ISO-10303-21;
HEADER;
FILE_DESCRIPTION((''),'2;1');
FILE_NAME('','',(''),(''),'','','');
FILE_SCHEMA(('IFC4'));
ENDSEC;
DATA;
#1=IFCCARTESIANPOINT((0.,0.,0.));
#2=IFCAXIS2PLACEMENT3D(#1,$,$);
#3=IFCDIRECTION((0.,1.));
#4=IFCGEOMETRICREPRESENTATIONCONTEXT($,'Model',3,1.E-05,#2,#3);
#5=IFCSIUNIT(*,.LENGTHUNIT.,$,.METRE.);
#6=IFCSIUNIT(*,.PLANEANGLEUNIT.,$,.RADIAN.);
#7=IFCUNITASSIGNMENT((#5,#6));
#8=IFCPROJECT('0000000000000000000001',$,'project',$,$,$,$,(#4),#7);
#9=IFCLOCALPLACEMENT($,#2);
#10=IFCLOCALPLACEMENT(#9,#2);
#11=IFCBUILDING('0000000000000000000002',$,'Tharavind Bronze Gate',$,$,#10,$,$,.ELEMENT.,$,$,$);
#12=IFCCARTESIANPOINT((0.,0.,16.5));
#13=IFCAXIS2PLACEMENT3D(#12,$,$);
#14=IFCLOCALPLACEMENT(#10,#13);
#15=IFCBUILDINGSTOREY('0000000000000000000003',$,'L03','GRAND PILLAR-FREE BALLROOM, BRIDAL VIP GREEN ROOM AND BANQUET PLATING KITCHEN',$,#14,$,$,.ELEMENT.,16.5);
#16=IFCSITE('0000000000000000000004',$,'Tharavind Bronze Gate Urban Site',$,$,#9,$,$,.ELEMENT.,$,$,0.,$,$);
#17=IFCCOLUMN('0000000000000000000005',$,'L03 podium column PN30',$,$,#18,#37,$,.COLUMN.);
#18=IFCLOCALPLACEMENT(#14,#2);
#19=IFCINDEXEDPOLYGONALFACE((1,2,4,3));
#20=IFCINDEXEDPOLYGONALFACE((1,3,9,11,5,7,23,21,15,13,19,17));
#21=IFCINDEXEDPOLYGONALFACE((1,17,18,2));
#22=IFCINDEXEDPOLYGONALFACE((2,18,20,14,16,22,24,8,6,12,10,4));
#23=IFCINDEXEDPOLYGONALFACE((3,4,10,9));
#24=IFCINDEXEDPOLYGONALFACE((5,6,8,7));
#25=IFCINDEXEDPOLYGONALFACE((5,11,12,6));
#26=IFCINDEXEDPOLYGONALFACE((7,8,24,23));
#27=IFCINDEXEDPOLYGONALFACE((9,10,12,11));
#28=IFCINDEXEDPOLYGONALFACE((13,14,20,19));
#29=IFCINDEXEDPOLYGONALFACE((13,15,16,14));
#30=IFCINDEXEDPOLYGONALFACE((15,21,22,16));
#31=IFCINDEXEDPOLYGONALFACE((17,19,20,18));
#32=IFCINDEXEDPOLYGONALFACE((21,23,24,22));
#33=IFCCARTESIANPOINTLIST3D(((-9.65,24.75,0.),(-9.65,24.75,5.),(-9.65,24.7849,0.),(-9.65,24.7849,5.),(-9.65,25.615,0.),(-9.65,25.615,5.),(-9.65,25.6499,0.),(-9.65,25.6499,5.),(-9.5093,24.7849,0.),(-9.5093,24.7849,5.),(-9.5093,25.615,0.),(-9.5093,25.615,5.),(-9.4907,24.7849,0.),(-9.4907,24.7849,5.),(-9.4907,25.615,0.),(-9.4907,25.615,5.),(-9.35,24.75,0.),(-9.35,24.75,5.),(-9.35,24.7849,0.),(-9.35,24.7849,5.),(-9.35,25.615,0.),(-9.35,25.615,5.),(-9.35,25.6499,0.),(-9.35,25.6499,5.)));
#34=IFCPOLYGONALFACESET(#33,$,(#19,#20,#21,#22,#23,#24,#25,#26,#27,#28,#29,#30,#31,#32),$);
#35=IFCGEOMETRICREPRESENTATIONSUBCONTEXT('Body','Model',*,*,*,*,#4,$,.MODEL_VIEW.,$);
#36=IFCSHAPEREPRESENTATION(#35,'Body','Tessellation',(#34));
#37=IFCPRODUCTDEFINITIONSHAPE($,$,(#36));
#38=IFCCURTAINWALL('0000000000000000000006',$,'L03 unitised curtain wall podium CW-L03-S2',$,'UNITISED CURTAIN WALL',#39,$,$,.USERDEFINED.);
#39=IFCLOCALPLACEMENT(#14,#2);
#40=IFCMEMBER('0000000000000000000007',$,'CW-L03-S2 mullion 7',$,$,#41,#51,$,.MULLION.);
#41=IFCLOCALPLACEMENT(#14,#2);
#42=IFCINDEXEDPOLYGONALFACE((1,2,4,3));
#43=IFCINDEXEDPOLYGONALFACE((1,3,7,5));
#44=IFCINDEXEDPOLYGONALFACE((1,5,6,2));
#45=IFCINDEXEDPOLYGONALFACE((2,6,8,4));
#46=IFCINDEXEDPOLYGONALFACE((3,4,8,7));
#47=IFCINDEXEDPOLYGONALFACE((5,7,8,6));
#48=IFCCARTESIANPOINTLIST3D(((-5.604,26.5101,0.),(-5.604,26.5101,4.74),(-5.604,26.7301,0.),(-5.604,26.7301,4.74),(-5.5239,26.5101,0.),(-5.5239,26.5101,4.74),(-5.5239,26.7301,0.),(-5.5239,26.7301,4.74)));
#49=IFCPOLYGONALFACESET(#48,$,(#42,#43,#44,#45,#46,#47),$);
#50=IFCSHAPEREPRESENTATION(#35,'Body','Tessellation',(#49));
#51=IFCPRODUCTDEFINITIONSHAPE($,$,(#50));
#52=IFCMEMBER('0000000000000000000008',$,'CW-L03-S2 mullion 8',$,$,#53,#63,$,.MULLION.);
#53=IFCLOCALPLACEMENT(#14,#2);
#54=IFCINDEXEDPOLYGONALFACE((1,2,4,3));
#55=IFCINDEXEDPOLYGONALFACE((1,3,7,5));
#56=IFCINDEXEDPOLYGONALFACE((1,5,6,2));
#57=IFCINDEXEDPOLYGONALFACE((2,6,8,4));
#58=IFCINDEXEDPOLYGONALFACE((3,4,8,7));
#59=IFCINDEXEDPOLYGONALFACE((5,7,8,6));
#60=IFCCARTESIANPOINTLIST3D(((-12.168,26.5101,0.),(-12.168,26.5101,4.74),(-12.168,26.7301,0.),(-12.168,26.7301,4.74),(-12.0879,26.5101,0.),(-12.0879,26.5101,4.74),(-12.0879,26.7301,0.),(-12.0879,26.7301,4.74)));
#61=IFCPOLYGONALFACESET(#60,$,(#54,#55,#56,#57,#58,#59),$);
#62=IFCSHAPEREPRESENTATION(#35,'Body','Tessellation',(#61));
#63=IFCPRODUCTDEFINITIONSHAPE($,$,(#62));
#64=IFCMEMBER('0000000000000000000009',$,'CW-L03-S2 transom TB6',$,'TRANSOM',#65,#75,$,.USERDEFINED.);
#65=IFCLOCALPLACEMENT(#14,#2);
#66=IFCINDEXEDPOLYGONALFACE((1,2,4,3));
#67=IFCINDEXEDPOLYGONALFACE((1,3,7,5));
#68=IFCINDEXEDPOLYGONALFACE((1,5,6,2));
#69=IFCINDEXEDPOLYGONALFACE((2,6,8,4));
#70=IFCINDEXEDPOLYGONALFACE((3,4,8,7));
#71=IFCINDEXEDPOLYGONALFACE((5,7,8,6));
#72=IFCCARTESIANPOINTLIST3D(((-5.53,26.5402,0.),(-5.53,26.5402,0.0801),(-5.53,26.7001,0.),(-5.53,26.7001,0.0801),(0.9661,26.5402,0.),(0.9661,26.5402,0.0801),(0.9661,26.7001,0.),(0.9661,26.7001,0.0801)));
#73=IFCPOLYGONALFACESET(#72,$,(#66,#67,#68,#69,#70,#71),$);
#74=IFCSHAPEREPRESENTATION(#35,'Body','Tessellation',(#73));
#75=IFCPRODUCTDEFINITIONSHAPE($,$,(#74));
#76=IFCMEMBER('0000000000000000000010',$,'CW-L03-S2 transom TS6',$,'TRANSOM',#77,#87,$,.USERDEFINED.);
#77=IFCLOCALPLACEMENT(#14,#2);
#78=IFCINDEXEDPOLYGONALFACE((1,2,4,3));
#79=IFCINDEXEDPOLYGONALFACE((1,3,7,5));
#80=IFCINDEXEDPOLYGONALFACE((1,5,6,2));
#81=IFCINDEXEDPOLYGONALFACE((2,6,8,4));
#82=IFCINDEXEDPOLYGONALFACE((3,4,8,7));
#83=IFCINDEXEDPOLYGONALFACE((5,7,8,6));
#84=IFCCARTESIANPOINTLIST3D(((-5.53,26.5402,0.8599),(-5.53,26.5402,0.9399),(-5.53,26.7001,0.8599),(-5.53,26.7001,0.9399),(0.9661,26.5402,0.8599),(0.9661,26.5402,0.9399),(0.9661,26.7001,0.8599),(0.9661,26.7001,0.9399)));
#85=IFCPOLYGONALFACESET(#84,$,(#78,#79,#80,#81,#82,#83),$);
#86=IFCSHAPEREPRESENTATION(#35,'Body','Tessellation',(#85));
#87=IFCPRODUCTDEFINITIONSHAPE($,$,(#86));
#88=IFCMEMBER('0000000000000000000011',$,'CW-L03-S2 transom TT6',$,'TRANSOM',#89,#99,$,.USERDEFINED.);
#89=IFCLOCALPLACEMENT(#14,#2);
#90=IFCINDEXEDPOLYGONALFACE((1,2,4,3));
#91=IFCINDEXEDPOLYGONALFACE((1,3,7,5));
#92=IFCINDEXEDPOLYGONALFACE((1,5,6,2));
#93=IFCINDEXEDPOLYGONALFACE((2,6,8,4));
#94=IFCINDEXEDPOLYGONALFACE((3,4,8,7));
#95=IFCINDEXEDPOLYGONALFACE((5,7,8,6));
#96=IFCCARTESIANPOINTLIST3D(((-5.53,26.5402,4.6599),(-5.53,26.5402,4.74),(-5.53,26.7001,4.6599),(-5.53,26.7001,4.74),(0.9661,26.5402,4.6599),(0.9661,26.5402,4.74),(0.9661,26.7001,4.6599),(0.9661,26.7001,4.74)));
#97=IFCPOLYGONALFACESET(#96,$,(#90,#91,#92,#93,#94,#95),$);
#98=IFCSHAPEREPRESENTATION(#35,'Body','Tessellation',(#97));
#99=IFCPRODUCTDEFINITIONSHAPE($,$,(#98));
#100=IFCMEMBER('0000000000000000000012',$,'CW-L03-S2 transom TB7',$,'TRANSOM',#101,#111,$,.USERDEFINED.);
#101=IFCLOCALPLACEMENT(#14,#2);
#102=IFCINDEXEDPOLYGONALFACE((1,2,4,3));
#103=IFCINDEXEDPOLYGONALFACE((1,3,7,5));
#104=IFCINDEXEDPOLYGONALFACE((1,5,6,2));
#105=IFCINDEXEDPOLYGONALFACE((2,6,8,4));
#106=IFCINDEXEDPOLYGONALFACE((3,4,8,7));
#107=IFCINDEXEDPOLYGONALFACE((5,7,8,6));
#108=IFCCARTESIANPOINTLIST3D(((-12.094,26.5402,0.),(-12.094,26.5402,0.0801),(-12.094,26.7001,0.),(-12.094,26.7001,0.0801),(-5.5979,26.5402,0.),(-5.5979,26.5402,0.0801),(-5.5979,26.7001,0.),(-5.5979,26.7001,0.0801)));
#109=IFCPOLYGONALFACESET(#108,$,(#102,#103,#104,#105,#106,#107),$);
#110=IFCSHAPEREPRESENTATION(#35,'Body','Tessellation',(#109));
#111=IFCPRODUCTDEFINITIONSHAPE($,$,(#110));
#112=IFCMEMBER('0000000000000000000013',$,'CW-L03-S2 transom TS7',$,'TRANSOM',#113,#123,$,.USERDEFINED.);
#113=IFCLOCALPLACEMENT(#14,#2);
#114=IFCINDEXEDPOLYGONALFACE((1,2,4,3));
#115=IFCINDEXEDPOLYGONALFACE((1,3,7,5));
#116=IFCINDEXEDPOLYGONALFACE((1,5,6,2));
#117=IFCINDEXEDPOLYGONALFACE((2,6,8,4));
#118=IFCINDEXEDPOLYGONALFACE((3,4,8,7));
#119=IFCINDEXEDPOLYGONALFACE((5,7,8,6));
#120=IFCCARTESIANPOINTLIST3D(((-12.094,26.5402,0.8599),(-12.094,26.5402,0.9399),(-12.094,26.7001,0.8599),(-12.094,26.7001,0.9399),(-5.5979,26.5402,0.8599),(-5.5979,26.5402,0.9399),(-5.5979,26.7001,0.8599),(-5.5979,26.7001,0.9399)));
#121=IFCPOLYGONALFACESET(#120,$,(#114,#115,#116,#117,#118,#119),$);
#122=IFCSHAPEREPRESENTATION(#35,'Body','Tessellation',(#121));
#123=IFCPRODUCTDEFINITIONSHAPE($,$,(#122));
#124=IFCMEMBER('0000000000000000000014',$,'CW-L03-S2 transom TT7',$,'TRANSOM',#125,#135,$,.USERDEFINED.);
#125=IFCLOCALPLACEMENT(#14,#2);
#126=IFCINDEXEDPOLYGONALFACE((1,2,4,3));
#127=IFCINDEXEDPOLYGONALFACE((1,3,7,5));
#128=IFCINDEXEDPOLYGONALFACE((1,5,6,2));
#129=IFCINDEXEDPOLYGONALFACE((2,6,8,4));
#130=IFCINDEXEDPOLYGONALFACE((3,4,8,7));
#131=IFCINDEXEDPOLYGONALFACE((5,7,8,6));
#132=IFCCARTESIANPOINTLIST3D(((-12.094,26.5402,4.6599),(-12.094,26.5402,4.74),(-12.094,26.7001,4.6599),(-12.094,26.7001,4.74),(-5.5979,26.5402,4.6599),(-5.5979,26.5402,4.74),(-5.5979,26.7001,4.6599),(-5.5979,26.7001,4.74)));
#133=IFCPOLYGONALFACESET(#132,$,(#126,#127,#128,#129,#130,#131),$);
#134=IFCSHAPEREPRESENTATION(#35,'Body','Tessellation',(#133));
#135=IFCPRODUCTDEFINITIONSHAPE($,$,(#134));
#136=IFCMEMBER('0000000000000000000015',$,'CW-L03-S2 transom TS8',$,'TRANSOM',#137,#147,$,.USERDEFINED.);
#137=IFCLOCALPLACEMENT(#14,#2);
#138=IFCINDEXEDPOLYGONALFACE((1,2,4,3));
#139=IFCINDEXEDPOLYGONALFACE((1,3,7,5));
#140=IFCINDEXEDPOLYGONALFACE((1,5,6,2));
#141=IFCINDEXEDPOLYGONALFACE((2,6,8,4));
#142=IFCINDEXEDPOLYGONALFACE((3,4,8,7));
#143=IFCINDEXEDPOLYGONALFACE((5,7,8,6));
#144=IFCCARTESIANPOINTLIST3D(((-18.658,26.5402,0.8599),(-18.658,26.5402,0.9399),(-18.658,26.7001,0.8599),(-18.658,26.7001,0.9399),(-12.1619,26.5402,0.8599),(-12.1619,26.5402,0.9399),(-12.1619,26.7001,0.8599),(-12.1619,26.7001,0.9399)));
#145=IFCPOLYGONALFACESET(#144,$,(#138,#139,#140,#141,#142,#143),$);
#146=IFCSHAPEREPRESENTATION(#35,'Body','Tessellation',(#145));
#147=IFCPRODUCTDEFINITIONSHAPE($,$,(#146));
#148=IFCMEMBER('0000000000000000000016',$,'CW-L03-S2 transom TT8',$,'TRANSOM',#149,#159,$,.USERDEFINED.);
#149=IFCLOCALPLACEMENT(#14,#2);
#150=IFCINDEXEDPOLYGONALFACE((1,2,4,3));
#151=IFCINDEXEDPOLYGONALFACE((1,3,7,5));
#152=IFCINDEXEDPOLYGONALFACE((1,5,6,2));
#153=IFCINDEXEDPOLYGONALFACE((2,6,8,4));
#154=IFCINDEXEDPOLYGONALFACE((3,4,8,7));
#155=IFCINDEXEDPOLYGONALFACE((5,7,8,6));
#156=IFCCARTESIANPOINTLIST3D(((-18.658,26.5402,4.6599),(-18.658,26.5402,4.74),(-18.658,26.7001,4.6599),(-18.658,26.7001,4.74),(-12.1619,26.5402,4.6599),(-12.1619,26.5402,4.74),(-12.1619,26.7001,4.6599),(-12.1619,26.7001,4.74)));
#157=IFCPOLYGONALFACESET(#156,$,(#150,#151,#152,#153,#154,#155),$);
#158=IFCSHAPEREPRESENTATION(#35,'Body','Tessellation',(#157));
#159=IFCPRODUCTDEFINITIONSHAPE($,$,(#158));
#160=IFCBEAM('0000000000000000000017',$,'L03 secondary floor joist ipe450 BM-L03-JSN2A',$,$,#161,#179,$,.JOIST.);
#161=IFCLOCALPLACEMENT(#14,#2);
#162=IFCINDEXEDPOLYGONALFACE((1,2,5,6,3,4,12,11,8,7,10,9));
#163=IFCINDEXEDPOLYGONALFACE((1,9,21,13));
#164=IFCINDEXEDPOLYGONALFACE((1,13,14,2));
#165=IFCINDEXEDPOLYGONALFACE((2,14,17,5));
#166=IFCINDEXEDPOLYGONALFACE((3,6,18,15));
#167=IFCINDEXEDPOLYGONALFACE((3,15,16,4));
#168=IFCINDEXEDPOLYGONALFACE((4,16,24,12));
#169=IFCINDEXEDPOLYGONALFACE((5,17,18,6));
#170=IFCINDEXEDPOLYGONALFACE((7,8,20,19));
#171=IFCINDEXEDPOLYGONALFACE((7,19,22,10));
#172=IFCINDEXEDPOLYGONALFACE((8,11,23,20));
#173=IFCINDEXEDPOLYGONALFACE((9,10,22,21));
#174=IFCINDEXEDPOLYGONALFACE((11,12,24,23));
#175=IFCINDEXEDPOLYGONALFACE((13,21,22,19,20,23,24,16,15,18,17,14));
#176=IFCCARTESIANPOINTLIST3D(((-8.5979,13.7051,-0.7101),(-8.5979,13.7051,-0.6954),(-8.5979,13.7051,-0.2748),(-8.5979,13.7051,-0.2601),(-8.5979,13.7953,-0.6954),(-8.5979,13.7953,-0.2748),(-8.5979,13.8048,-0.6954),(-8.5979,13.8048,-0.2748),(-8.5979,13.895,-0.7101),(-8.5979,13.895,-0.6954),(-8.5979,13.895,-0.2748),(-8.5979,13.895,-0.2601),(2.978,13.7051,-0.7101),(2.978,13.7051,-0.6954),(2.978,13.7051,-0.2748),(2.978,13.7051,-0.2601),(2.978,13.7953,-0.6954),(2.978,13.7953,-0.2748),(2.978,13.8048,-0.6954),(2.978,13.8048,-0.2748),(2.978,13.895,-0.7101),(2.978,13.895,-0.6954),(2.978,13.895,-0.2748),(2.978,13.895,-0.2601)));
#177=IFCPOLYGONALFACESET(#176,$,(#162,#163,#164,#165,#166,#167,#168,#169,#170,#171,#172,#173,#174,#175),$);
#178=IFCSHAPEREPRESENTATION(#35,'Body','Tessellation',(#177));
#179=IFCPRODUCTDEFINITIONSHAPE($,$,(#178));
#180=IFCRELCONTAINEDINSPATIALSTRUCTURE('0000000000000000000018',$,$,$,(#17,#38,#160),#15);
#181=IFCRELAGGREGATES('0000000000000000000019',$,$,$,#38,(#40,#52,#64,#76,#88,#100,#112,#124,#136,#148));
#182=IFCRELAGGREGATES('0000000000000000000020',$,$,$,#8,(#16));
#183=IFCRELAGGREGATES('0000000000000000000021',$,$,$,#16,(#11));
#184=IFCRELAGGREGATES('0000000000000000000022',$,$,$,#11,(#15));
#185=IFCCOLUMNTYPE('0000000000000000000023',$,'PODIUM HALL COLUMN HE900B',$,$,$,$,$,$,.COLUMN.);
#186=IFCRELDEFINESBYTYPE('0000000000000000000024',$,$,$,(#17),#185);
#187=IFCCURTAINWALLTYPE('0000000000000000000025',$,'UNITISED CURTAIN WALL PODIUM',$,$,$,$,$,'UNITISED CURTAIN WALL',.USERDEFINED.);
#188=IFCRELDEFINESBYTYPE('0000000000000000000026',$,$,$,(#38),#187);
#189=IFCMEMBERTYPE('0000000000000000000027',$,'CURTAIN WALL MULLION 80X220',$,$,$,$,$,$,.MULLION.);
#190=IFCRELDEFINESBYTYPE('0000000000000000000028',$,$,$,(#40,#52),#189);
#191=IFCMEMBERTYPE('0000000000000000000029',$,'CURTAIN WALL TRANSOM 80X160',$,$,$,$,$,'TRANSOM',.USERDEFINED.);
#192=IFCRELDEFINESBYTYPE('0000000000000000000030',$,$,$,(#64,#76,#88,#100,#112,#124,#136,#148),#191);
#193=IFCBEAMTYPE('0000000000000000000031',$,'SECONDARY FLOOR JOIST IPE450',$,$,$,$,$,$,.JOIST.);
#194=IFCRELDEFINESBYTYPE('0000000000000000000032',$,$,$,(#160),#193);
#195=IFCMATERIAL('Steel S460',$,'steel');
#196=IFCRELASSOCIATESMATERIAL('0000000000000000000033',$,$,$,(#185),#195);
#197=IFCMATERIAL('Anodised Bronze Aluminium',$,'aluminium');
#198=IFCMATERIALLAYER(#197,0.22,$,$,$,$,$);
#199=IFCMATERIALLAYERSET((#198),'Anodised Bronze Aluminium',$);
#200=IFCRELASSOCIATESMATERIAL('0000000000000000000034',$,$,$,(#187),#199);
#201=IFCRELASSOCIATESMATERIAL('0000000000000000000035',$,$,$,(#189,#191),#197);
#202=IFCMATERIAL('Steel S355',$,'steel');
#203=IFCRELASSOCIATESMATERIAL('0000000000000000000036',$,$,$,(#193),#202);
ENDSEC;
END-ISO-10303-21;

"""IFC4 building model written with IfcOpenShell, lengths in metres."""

from ifc_helpers import new_model, si_unit, direction, frame, origin, origin_2d, place, context, subcontext, project, spatial, rectangle, i_section, extrude, material, layer, layer_set, material_profile, profile_set, type_object, element, aggregate, save


model = new_model("IFC4")

# Units and contexts
model_context = context("Model", 3, precision=1e-05, world=origin(), true_north=direction((0.0, 1.0)))
body_context = subcontext(model_context, "Body", "Model", "MODEL_VIEW")
ifc_project = project(units=[si_unit("LENGTHUNIT", "METRE"), si_unit("PLANEANGLEUNIT", "RADIAN")], contexts=[model_context])

# Site, building, storey
site_placement = place(None, origin())
site = spatial("IfcSite", under=ifc_project, at=site_placement, Name="Tharavind Bronze Gate Urban Site", CompositionType="ELEMENT", RefElevation=0.0)
building_placement = place(site_placement, origin())
building = spatial("IfcBuilding", under=site, at=building_placement, Name="Tharavind Bronze Gate", CompositionType="ELEMENT")
storey_placement = place(building_placement, frame((0.0, 0.0, 16.5)))
storey = spatial("IfcBuildingStorey", under=building, at=storey_placement, Name="L03", Description="GRAND PILLAR-FREE BALLROOM, BRIDAL VIP GREEN ROOM AND BANQUET PLATING KITCHEN", CompositionType="ELEMENT", Elevation=16.5)

# Column
ifc_material_1 = material(Name="Steel S460", Category="steel")
ifc_material_profile_1 = material_profile(ifc_material_1, i_section(OverallWidth=0.3, OverallDepth=0.8999, WebThickness=0.0186, FlangeThickness=0.0349, at=origin_2d()), Name="HE900B")
ifc_profile_set_1 = profile_set([ifc_material_profile_1], Name="Steel S460")
column_type = type_object("IfcColumnType", Name="PODIUM HALL COLUMN HE900B", PredefinedType="COLUMN", material=ifc_profile_set_1)
column_placement = place(storey_placement, frame((-9.5, 25.2, 0.0), z_axis=(0.0, 0.0, 1.0), x_axis=(1.0, 0.0, 0.0)))
element("IfcColumn", 1, at=column_placement, inside=storey, type_object=column_type, Name="L03 podium column PN30", PredefinedType="COLUMN", context=body_context, shape_type="SweptSolid", body=[
    extrude(i_section(OverallWidth=0.3, OverallDepth=0.8999, WebThickness=0.0186, FlangeThickness=0.0349, at=origin_2d()), origin(), (0.0, 0.0, 1.0), 5.0),
])

# Curtain wall, members
ifc_material_2 = material(Name="Anodised Bronze Aluminium", Category="aluminium")
ifc_layer_1 = layer(ifc_material_2, 0.22)
ifc_layer_set_1 = layer_set([ifc_layer_1], Name="Anodised Bronze Aluminium")
curtain_wall_type = type_object("IfcCurtainWallType", Name="UNITISED CURTAIN WALL PODIUM", ElementType="UNITISED CURTAIN WALL", PredefinedType="USERDEFINED", material=ifc_layer_set_1)
curtain_wall_placement = place(storey_placement, origin())
curtain_wall = element("IfcCurtainWall", 2, at=curtain_wall_placement, inside=storey, type_object=curtain_wall_type, Name="L03 unitised curtain wall podium CW-L03-S2", ObjectType="UNITISED CURTAIN WALL", PredefinedType="USERDEFINED")
member_type_1 = type_object("IfcMemberType", Name="CURTAIN WALL MULLION 80X220", PredefinedType="MULLION", material=ifc_material_2)
member_1_placement = place(storey_placement, frame((-5.564, 26.6201, 0.0), z_axis=(0.0, 0.0, 1.0), x_axis=(-1.0, 0.0, 0.0)))
member_1 = element("IfcMember", 3, at=member_1_placement, type_object=member_type_1, Name="CW-L03-S2 mullion 7", PredefinedType="MULLION", context=body_context, shape_type="SweptSolid", body=[
    extrude(rectangle(XDim=0.0801, YDim=0.22, at=origin_2d()), origin(), (0.0, 0.0, 1.0), 4.74),
])
member_2_placement = place(storey_placement, frame((-12.1279, 26.6201, 0.0), z_axis=(0.0, 0.0, 1.0), x_axis=(-1.0, 0.0, 0.0)))
member_2 = element("IfcMember", 4, at=member_2_placement, type_object=member_type_1, Name="CW-L03-S2 mullion 8", PredefinedType="MULLION", context=body_context, shape_type="SweptSolid", body=[
    extrude(rectangle(XDim=0.0801, YDim=0.22, at=origin_2d()), origin(), (0.0, 0.0, 1.0), 4.74),
])
member_type_2 = type_object("IfcMemberType", Name="CURTAIN WALL TRANSOM 80X160", ElementType="TRANSOM", PredefinedType="USERDEFINED", material=ifc_material_2)
member_3_placement = place(storey_placement, frame((-2.282, 26.6201, 0.0), z_axis=(0.0, 0.0, 1.0), x_axis=(-1.0, 0.0, 0.0)))
member_3 = element("IfcMember", 5, at=member_3_placement, type_object=member_type_2, Name="CW-L03-S2 transom TB6", ObjectType="TRANSOM", PredefinedType="USERDEFINED", context=body_context, shape_type="SweptSolid", body=[
    extrude(rectangle(XDim=6.4961, YDim=0.1599, at=origin_2d()), origin(), (0.0, 0.0, 1.0), 0.0801),
])
member_4_placement = place(storey_placement, frame((-2.282, 26.6201, 0.8599), z_axis=(0.0, 0.0, 1.0), x_axis=(-1.0, 0.0, 0.0)))
member_4 = element("IfcMember", 6, at=member_4_placement, type_object=member_type_2, Name="CW-L03-S2 transom TS6", ObjectType="TRANSOM", PredefinedType="USERDEFINED", context=body_context, shape_type="SweptSolid", body=[
    extrude(rectangle(XDim=6.4961, YDim=0.1599, at=origin_2d()), origin(), (0.0, 0.0, 1.0), 0.0801),
])
member_5_placement = place(storey_placement, frame((-2.282, 26.6201, 4.6599), z_axis=(0.0, 0.0, 1.0), x_axis=(-1.0, 0.0, 0.0)))
member_5 = element("IfcMember", 7, at=member_5_placement, type_object=member_type_2, Name="CW-L03-S2 transom TT6", ObjectType="TRANSOM", PredefinedType="USERDEFINED", context=body_context, shape_type="SweptSolid", body=[
    extrude(rectangle(XDim=6.4961, YDim=0.1599, at=origin_2d()), origin(), (0.0, 0.0, 1.0), 0.0801),
])
member_6_placement = place(storey_placement, frame((-8.8459, 26.6201, 0.0), z_axis=(0.0, 0.0, 1.0), x_axis=(-1.0, 0.0, 0.0)))
member_6 = element("IfcMember", 8, at=member_6_placement, type_object=member_type_2, Name="CW-L03-S2 transom TB7", ObjectType="TRANSOM", PredefinedType="USERDEFINED", context=body_context, shape_type="SweptSolid", body=[
    extrude(rectangle(XDim=6.4961, YDim=0.1599, at=origin_2d()), origin(), (0.0, 0.0, 1.0), 0.0801),
])
member_7_placement = place(storey_placement, frame((-8.8459, 26.6201, 0.8599), z_axis=(0.0, 0.0, 1.0), x_axis=(-1.0, 0.0, 0.0)))
member_7 = element("IfcMember", 9, at=member_7_placement, type_object=member_type_2, Name="CW-L03-S2 transom TS7", ObjectType="TRANSOM", PredefinedType="USERDEFINED", context=body_context, shape_type="SweptSolid", body=[
    extrude(rectangle(XDim=6.4961, YDim=0.1599, at=origin_2d()), origin(), (0.0, 0.0, 1.0), 0.0801),
])
member_8_placement = place(storey_placement, frame((-8.8459, 26.6201, 4.6599), z_axis=(0.0, 0.0, 1.0), x_axis=(-1.0, 0.0, 0.0)))
member_8 = element("IfcMember", 10, at=member_8_placement, type_object=member_type_2, Name="CW-L03-S2 transom TT7", ObjectType="TRANSOM", PredefinedType="USERDEFINED", context=body_context, shape_type="SweptSolid", body=[
    extrude(rectangle(XDim=6.4961, YDim=0.1599, at=origin_2d()), origin(), (0.0, 0.0, 1.0), 0.0801),
])
member_9_placement = place(storey_placement, frame((-15.4099, 26.6201, 0.8599), z_axis=(0.0, 0.0, 1.0), x_axis=(-1.0, 0.0, 0.0)))
member_9 = element("IfcMember", 11, at=member_9_placement, type_object=member_type_2, Name="CW-L03-S2 transom TS8", ObjectType="TRANSOM", PredefinedType="USERDEFINED", context=body_context, shape_type="SweptSolid", body=[
    extrude(rectangle(XDim=6.4961, YDim=0.1599, at=origin_2d()), origin(), (0.0, 0.0, 1.0), 0.0801),
])
member_10_placement = place(storey_placement, frame((-15.4099, 26.6201, 4.6599), z_axis=(0.0, 0.0, 1.0), x_axis=(-1.0, 0.0, 0.0)))
member_10 = element("IfcMember", 12, at=member_10_placement, type_object=member_type_2, Name="CW-L03-S2 transom TT8", ObjectType="TRANSOM", PredefinedType="USERDEFINED", context=body_context, shape_type="SweptSolid", body=[
    extrude(rectangle(XDim=6.4961, YDim=0.1599, at=origin_2d()), origin(), (0.0, 0.0, 1.0), 0.0801),
])

# Beam
ifc_material_3 = material(Name="Steel S355", Category="steel")
ifc_material_profile_2 = material_profile(ifc_material_3, i_section(OverallWidth=0.1899, OverallDepth=0.45, WebThickness=0.0095, FlangeThickness=0.0146, at=origin_2d()), Name="IPE450")
ifc_profile_set_2 = profile_set([ifc_material_profile_2], Name="Steel S355")
beam_type_1 = type_object("IfcBeamType", Name="SECONDARY FLOOR JOIST IPE450", PredefinedType="JOIST", material=ifc_profile_set_2)
for number, where, z_axis, x_axis, name in (
    (13, (-8.5979, 13.8, -0.4851), (1.0, 0.0, 0.0), (0.0, 1.0, 0.0), "L03 secondary floor joist ipe450 BM-L03-JSN2A"),
):
    element("IfcBeam", number, at=place(storey_placement, frame(where, z_axis=z_axis, x_axis=x_axis)), inside=storey, type_object=beam_type_1, Name=name, PredefinedType="JOIST", context=body_context, shape_type="SweptSolid", body=[
        extrude(i_section(OverallWidth=0.1899, OverallDepth=0.45, WebThickness=0.0095, FlangeThickness=0.0146, at=origin_2d()), origin(), (0.0, 0.0, 1.0), 11.5759),
    ])

aggregate(curtain_wall, [member_1, member_2, member_3, member_4, member_5, member_6, member_7, member_8, member_9, member_10])

save(model, "model.ifc")
